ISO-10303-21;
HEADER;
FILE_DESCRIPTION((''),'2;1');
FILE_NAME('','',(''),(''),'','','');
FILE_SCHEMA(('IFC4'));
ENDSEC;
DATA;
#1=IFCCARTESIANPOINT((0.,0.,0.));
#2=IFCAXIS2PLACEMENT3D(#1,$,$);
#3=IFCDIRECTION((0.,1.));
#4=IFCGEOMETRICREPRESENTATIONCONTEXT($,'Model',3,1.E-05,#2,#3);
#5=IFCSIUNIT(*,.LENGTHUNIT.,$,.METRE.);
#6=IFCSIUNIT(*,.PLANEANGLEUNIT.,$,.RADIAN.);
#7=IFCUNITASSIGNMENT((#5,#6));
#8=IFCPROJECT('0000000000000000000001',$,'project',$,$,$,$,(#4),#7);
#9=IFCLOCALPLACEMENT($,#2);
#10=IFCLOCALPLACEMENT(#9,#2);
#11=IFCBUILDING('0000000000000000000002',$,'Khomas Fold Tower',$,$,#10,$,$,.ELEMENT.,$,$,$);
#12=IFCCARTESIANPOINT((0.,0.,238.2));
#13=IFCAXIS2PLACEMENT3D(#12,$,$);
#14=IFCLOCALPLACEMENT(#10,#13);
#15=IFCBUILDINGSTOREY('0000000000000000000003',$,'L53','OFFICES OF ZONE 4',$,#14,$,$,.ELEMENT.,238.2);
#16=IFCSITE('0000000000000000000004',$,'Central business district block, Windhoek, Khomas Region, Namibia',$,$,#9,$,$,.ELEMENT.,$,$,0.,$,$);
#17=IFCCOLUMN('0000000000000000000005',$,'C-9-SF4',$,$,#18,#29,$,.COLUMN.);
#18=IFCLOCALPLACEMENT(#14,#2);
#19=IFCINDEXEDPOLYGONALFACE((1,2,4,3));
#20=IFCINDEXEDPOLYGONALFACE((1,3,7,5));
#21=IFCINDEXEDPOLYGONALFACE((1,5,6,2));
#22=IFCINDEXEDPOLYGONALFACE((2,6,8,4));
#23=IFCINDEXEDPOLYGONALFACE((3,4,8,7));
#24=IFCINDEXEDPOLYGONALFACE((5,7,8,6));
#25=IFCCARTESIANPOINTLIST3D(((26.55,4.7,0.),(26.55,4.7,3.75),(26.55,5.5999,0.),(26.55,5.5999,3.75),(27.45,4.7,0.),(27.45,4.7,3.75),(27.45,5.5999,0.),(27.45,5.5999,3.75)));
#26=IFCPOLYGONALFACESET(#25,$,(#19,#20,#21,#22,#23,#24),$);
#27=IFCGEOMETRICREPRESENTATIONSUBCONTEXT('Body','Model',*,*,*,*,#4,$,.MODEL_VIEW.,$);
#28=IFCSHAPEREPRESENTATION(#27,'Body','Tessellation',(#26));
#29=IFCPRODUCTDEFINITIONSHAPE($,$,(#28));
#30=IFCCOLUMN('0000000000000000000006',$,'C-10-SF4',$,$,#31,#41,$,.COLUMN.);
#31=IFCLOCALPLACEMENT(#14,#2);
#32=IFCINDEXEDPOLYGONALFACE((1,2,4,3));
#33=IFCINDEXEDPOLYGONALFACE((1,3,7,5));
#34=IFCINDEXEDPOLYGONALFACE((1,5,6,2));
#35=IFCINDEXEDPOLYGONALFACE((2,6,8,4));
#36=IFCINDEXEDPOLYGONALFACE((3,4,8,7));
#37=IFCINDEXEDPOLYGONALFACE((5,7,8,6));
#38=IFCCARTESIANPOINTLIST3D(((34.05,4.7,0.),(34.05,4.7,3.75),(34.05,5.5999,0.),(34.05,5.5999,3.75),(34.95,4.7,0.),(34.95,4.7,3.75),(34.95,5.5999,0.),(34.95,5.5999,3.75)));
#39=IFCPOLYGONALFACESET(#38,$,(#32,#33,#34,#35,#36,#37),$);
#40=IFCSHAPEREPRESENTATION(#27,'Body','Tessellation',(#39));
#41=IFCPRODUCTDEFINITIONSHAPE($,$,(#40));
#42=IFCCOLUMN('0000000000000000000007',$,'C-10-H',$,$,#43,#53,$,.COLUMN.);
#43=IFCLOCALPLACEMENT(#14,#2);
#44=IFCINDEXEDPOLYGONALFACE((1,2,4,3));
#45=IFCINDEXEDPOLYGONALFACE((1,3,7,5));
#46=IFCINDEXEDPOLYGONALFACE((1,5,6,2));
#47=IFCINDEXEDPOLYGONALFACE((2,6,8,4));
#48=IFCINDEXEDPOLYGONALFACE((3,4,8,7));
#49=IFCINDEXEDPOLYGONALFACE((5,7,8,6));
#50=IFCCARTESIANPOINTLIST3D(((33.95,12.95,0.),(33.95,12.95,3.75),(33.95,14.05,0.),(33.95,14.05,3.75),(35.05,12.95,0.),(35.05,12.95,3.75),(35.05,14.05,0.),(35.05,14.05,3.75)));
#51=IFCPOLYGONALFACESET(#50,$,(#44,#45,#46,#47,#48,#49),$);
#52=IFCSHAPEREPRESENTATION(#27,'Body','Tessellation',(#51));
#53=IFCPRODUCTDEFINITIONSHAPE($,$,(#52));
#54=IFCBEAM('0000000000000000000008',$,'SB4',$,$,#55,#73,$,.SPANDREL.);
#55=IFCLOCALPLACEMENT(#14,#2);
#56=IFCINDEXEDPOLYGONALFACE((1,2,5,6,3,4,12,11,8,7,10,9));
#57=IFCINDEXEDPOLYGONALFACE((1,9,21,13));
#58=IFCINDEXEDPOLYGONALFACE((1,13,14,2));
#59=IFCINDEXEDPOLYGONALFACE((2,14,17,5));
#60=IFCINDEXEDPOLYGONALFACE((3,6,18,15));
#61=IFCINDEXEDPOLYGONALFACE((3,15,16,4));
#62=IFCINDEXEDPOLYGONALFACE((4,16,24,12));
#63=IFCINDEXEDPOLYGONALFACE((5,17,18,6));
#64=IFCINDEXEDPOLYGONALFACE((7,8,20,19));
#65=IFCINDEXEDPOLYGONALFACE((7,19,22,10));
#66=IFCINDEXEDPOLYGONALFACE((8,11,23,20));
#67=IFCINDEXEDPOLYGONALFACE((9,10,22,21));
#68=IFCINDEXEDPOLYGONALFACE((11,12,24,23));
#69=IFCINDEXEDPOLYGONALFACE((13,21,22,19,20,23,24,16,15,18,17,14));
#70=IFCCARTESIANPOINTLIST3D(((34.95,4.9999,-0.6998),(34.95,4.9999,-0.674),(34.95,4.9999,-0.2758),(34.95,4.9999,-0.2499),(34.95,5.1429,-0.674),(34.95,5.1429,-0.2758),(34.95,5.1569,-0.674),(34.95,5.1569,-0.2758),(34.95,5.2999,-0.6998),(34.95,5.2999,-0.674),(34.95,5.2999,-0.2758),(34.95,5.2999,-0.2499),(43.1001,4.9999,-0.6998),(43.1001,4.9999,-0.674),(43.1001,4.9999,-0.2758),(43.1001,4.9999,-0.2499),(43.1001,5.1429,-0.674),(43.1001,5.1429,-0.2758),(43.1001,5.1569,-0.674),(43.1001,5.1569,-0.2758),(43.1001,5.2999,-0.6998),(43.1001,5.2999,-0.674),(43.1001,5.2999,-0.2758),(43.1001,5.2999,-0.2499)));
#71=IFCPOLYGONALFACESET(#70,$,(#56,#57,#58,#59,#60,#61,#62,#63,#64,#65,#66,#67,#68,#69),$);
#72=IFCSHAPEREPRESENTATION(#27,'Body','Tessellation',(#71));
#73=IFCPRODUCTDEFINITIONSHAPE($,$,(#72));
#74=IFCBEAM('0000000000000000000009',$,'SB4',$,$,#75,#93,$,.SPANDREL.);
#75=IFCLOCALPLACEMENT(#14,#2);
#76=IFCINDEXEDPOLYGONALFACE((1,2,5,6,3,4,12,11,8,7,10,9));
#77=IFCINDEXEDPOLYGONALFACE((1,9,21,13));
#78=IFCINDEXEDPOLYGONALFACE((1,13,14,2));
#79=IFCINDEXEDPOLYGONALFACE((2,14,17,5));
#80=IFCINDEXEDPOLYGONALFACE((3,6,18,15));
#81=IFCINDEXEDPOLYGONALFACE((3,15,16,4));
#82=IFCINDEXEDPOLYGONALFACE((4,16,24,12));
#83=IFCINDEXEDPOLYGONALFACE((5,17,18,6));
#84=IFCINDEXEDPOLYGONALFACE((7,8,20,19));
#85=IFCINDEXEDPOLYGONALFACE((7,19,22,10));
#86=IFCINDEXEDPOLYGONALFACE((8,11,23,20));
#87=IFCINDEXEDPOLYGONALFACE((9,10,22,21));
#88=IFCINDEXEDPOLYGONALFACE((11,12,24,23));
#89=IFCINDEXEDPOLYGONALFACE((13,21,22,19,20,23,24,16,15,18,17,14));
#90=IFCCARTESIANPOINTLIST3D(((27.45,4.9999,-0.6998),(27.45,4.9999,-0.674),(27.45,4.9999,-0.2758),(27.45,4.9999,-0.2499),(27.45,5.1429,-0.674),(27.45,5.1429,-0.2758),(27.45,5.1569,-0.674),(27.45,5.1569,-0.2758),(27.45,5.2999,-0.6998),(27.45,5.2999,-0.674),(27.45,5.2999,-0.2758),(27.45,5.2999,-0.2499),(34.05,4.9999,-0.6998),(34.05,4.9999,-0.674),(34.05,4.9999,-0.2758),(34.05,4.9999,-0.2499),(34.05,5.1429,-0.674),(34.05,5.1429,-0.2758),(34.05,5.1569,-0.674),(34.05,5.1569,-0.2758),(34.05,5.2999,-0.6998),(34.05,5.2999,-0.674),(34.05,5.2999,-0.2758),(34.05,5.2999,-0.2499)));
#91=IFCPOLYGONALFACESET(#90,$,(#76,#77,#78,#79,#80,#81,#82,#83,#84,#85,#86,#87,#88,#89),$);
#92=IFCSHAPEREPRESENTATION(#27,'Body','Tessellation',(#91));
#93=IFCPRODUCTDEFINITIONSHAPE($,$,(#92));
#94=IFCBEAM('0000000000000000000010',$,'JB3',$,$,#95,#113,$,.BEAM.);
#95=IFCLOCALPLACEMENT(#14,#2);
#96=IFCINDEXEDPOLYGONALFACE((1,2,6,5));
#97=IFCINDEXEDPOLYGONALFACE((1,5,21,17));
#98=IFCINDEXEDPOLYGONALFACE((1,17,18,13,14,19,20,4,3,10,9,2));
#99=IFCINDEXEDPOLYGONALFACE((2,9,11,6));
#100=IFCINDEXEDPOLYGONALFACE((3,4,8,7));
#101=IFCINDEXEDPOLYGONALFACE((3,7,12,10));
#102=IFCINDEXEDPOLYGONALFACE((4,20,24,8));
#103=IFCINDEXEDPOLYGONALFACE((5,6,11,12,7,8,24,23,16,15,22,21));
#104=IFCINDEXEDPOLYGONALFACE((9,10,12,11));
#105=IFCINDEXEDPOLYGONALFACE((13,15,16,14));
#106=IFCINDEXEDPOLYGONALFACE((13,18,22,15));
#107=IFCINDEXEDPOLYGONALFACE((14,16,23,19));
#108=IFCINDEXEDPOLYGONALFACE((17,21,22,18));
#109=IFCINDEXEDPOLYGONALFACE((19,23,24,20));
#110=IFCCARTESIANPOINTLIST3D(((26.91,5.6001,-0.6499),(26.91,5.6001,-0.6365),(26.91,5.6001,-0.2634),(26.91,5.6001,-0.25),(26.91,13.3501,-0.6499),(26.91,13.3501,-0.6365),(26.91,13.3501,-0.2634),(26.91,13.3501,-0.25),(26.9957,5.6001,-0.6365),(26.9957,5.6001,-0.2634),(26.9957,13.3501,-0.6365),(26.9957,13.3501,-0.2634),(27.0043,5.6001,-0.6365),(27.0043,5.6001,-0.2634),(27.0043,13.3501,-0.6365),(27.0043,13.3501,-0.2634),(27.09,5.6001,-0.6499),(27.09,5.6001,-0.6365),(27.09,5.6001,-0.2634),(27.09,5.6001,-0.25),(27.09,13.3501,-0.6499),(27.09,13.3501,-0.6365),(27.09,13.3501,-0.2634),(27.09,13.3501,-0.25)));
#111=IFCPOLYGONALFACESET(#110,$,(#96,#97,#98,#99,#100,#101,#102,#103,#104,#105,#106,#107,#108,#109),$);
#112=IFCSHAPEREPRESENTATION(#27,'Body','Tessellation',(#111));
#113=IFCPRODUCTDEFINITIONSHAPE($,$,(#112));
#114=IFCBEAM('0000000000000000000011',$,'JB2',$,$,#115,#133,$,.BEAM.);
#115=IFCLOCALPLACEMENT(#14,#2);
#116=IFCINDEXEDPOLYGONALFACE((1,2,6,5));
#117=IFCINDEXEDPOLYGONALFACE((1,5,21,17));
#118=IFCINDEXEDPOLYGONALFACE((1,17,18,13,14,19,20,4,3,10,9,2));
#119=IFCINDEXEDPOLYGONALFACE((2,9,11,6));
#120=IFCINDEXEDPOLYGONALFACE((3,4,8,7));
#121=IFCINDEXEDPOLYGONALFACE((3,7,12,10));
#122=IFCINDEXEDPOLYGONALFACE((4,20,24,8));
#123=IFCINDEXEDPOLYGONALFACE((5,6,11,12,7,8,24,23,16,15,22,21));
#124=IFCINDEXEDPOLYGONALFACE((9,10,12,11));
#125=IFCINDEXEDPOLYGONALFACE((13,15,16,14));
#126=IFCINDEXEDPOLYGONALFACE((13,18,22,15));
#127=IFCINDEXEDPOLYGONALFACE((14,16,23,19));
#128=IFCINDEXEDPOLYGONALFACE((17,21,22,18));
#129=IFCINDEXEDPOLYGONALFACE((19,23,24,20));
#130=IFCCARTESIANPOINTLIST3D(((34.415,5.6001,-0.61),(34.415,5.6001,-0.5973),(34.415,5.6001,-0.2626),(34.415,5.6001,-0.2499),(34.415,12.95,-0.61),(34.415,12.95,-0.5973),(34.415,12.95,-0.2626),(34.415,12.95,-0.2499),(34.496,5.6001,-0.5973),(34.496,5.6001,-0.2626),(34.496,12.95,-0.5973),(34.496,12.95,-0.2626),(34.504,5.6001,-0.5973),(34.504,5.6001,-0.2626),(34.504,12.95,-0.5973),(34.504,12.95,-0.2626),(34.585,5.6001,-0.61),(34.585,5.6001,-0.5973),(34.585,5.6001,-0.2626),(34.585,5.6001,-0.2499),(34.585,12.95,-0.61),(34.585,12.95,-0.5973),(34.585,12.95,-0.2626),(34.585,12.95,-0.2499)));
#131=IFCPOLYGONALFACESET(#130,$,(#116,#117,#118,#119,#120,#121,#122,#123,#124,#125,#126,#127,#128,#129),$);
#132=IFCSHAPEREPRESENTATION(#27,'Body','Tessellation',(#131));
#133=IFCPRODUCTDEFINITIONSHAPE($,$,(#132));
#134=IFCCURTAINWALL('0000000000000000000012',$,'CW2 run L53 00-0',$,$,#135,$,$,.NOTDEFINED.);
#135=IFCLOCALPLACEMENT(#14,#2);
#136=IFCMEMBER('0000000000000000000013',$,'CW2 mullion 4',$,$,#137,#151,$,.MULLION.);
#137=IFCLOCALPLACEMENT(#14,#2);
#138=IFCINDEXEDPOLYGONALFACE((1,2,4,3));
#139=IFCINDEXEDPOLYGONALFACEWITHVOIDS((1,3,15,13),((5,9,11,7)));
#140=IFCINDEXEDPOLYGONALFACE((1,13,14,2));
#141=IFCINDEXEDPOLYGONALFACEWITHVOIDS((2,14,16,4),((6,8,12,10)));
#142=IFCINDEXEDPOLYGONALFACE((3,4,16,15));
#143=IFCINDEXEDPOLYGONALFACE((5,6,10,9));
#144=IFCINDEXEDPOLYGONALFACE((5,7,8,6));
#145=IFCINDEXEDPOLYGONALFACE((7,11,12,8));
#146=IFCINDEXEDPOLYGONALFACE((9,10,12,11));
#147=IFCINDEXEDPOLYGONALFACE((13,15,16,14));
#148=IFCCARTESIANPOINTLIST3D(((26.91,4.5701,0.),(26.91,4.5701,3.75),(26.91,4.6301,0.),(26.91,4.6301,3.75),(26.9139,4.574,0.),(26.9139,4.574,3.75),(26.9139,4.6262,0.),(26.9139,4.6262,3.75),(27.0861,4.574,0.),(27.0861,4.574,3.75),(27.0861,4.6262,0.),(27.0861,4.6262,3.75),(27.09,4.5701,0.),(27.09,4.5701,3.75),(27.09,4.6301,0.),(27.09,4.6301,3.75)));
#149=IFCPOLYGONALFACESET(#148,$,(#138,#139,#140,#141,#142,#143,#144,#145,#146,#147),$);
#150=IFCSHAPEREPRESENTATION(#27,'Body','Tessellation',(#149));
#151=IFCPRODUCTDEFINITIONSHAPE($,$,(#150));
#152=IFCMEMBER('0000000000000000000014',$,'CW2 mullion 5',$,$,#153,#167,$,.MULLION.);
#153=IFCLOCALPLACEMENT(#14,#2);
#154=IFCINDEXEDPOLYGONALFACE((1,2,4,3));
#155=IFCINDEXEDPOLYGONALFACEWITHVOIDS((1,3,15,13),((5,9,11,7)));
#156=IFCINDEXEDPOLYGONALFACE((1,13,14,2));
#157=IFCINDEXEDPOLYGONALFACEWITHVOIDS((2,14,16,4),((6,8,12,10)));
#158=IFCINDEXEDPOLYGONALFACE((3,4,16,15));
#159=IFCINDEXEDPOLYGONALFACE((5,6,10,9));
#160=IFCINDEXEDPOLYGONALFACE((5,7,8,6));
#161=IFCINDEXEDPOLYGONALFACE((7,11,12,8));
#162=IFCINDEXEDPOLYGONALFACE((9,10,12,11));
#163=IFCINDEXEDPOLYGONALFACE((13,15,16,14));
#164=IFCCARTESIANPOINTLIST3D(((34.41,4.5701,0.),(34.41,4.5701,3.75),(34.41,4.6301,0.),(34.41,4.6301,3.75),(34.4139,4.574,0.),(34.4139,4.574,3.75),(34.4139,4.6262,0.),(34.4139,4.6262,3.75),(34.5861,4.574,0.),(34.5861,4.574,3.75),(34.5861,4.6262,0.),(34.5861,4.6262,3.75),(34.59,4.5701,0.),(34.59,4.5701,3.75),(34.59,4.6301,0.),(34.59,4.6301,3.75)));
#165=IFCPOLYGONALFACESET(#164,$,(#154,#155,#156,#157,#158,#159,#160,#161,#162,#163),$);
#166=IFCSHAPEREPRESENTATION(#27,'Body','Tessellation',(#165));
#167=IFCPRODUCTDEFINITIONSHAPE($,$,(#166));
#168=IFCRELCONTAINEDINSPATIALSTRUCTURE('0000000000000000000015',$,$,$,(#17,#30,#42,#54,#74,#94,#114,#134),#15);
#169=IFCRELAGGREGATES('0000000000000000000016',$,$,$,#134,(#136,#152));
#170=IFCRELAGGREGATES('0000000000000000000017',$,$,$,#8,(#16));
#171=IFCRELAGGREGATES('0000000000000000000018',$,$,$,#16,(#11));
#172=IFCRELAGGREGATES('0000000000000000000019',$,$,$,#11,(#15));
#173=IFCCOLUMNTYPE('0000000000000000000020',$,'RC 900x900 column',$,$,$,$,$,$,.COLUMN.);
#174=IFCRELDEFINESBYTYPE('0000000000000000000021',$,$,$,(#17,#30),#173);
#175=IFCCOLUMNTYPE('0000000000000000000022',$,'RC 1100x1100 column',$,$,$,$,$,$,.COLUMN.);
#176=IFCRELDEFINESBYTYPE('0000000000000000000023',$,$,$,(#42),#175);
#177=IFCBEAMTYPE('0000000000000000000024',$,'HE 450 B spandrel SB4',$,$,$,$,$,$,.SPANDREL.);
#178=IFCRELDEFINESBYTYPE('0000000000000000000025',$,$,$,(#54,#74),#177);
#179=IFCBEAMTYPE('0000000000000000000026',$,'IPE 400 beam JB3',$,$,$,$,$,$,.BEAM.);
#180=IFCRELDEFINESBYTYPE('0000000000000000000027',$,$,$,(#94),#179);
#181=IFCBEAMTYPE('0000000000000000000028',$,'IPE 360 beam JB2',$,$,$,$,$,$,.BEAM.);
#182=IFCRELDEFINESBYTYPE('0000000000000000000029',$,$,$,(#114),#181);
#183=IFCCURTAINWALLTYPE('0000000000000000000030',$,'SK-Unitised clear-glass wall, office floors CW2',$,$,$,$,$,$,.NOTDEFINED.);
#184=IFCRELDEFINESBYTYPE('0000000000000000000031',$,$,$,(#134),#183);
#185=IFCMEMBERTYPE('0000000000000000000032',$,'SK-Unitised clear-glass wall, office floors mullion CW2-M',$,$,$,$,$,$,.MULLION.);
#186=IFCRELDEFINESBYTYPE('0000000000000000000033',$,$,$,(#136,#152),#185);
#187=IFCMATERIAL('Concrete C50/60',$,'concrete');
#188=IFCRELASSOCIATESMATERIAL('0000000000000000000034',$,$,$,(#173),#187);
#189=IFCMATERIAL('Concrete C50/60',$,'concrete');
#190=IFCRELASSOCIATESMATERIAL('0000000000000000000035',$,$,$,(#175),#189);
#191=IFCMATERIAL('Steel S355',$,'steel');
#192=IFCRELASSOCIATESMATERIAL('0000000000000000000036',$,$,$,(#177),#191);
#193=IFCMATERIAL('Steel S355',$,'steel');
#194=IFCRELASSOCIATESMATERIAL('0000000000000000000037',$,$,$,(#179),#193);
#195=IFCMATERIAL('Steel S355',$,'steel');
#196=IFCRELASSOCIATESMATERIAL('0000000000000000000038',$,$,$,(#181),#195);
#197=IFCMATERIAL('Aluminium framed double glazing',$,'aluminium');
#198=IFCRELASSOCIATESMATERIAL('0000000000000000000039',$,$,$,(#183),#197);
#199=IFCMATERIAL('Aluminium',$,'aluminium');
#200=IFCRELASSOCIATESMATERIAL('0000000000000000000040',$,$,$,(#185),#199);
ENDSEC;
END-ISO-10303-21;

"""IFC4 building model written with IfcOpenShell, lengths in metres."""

from ifc_helpers import new_model, si_unit, direction, frame, origin, origin_2d, place, context, subcontext, project, spatial, rectangle, hollow_rectangle, i_section, extrude, source, transform, mapped, material, material_profile, profile_set, type_object, element, aggregate, save


model = new_model("IFC4")

# Units and contexts
model_context = context("Model", 3, precision=1e-05, world=origin(), true_north=direction((0.0, 1.0)))
body_context = subcontext(model_context, "Body", "Model", "MODEL_VIEW")
ifc_project = project(units=[si_unit("LENGTHUNIT", "METRE"), si_unit("PLANEANGLEUNIT", "RADIAN")], contexts=[model_context])

# Site, building, storey
site_placement = place(None, origin())
site = spatial("IfcSite", under=ifc_project, at=site_placement, Name="Central business district block, Windhoek, Khomas Region, Namibia", CompositionType="ELEMENT", RefElevation=0.0)
building_placement = place(site_placement, origin())
building = spatial("IfcBuilding", under=site, at=building_placement, Name="Khomas Fold Tower", CompositionType="ELEMENT")
storey_placement = place(building_placement, frame((0.0, 0.0, 238.2)))
storey = spatial("IfcBuildingStorey", under=building, at=storey_placement, Name="L53", Description="OFFICES OF ZONE 4", CompositionType="ELEMENT", Elevation=238.2)

# Columns
ifc_material_1 = material(Name="Concrete C50/60", Category="concrete")
ifc_material_profile_1 = material_profile(ifc_material_1, rectangle(XDim=0.8999, YDim=0.8999, at=origin_2d()), Name="RC 900x900")
ifc_profile_set_1 = profile_set([ifc_material_profile_1], Name="Concrete C50/60")
column_type_1 = type_object("IfcColumnType", Name="RC 900x900 column", PredefinedType="COLUMN", material=ifc_profile_set_1)
shared_shape_1 = source(origin(), body_context, "Body", "SweptSolid", [
    extrude(rectangle(XDim=0.8999, YDim=0.8999, at=origin_2d()), origin(), (0.0, 0.0, 1.0), 3.75),
])
for number, where, z_axis, x_axis, name in (
    (1, (27.0, 5.1499, 0.0), (0.0, 0.0, 1.0), (1.0, 0.0, 0.0), "C-9-SF4"),
    (2, (34.5, 5.1499, 0.0), (0.0, 0.0, 1.0), (1.0, 0.0, 0.0), "C-10-SF4"),
):
    element("IfcColumn", number, at=place(storey_placement, frame(where, z_axis=z_axis, x_axis=x_axis)), inside=storey, type_object=column_type_1, Name=name, PredefinedType="COLUMN", context=body_context, shape_type="MappedRepresentation", body=[
        mapped(shared_shape_1, transform((0.0, 0.0, 0.0))),
    ])
ifc_material_2 = material(Name="Concrete C50/60", Category="concrete")
ifc_material_profile_2 = material_profile(ifc_material_2, rectangle(XDim=1.1001, YDim=1.1001, at=origin_2d()), Name="RC 1100x1100")
ifc_profile_set_2 = profile_set([ifc_material_profile_2], Name="Concrete C50/60")
column_type_2 = type_object("IfcColumnType", Name="RC 1100x1100 column", PredefinedType="COLUMN", material=ifc_profile_set_2)
shared_shape_2 = source(origin(), body_context, "Body", "SweptSolid", [
    extrude(rectangle(XDim=1.1001, YDim=1.1001, at=origin_2d()), origin(), (0.0, 0.0, 1.0), 3.75),
])
column_placement = place(storey_placement, frame((34.5, 13.5, 0.0), z_axis=(0.0, 0.0, 1.0), x_axis=(1.0, 0.0, 0.0)))
element("IfcColumn", 3, at=column_placement, inside=storey, type_object=column_type_2, Name="C-10-H", PredefinedType="COLUMN", context=body_context, shape_type="MappedRepresentation", body=[
    mapped(shared_shape_2, transform((0.0, 0.0, 0.0))),
])

# Beams
ifc_material_3 = material(Name="Steel S355", Category="steel")
ifc_material_profile_3 = material_profile(ifc_material_3, i_section(OverallWidth=0.3, OverallDepth=0.45, WebThickness=0.0139, FlangeThickness=0.0259, at=origin_2d()), Name="HE 450 B")
ifc_profile_set_3 = profile_set([ifc_material_profile_3], Name="Steel S355")
beam_type_1 = type_object("IfcBeamType", Name="HE 450 B spandrel SB4", PredefinedType="SPANDREL", material=ifc_profile_set_3)
shared_shape_3 = source(origin(), body_context, "Body", "SweptSolid", [
    extrude(i_section(OverallWidth=0.3, OverallDepth=0.45, WebThickness=0.0139, FlangeThickness=0.0259, at=origin_2d()), origin(), (0.0, 0.0, 1.0), 8.1501),
])
beam_1_placement = place(storey_placement, frame((34.95, 5.1499, -0.4749), z_axis=(1.0, 0.0, 0.0), x_axis=(0.0, 1.0, 0.0)))
element("IfcBeam", 4, at=beam_1_placement, inside=storey, type_object=beam_type_1, Name="SB4", PredefinedType="SPANDREL", context=body_context, shape_type="MappedRepresentation", body=[
    mapped(shared_shape_3, transform((0.0, 0.0, 0.0))),
])
shared_shape_4 = source(origin(), body_context, "Body", "SweptSolid", [
    extrude(i_section(OverallWidth=0.3, OverallDepth=0.45, WebThickness=0.0139, FlangeThickness=0.0259, at=origin_2d()), origin(), (0.0, 0.0, 1.0), 6.6001),
])
beam_2_placement = place(storey_placement, frame((27.45, 5.1499, -0.4749), z_axis=(1.0, 0.0, 0.0), x_axis=(0.0, 1.0, 0.0)))
element("IfcBeam", 5, at=beam_2_placement, inside=storey, type_object=beam_type_1, Name="SB4", PredefinedType="SPANDREL", context=body_context, shape_type="MappedRepresentation", body=[
    mapped(shared_shape_4, transform((0.0, 0.0, 0.0))),
])
ifc_material_4 = material(Name="Steel S355", Category="steel")
ifc_material_profile_4 = material_profile(ifc_material_4, i_section(OverallWidth=0.1799, OverallDepth=0.3999, WebThickness=0.0085, FlangeThickness=0.0134, at=origin_2d()), Name="IPE 400")
ifc_profile_set_4 = profile_set([ifc_material_profile_4], Name="Steel S355")
beam_type_2 = type_object("IfcBeamType", Name="IPE 400 beam JB3", PredefinedType="BEAM", material=ifc_profile_set_4)
shared_shape_5 = source(origin(), body_context, "Body", "SweptSolid", [
    extrude(i_section(OverallWidth=0.1799, OverallDepth=0.3999, WebThickness=0.0085, FlangeThickness=0.0134, at=origin_2d()), origin(), (0.0, 0.0, 1.0), 7.75),
])
beam_3_placement = place(storey_placement, frame((27.0, 5.6001, -0.45), z_axis=(0.0, 1.0, 0.0), x_axis=(-1.0, 0.0, 0.0)))
element("IfcBeam", 6, at=beam_3_placement, inside=storey, type_object=beam_type_2, Name="JB3", PredefinedType="BEAM", context=body_context, shape_type="MappedRepresentation", body=[
    mapped(shared_shape_5, transform((0.0, 0.0, 0.0))),
])
ifc_material_5 = material(Name="Steel S355", Category="steel")
ifc_material_profile_5 = material_profile(ifc_material_5, i_section(OverallWidth=0.1699, OverallDepth=0.3601, WebThickness=0.0081, FlangeThickness=0.0127, at=origin_2d()), Name="IPE 360")
ifc_profile_set_5 = profile_set([ifc_material_profile_5], Name="Steel S355")
beam_type_3 = type_object("IfcBeamType", Name="IPE 360 beam JB2", PredefinedType="BEAM", material=ifc_profile_set_5)
shared_shape_6 = source(origin(), body_context, "Body", "SweptSolid", [
    extrude(i_section(OverallWidth=0.1699, OverallDepth=0.3601, WebThickness=0.0081, FlangeThickness=0.0127, at=origin_2d()), origin(), (0.0, 0.0, 1.0), 7.3499),
])
beam_4_placement = place(storey_placement, frame((34.5, 5.6001, -0.4299), z_axis=(0.0, 1.0, 0.0), x_axis=(-1.0, 0.0, 0.0)))
element("IfcBeam", 7, at=beam_4_placement, inside=storey, type_object=beam_type_3, Name="JB2", PredefinedType="BEAM", context=body_context, shape_type="MappedRepresentation", body=[
    mapped(shared_shape_6, transform((0.0, 0.0, 0.0))),
])

# Curtain wall, members
ifc_material_6 = material(Name="Aluminium framed double glazing", Category="aluminium")
curtain_wall_type = type_object("IfcCurtainWallType", Name="SK-Unitised clear-glass wall, office floors CW2", PredefinedType="NOTDEFINED", material=ifc_material_6)
curtain_wall_placement = place(storey_placement, origin())
curtain_wall = element("IfcCurtainWall", 8, at=curtain_wall_placement, inside=storey, type_object=curtain_wall_type, Name="CW2 run L53 00-0", PredefinedType="NOTDEFINED")
ifc_material_7 = material(Name="Aluminium", Category="aluminium")
ifc_material_profile_6 = material_profile(ifc_material_7, hollow_rectangle(XDim=0.0601, YDim=0.1799, WallThickness=0.0039, at=origin_2d()), Name="SK-Unitised clear-glass wall, office floors mullion CW2-M")
ifc_profile_set_6 = profile_set([ifc_material_profile_6], Name="Aluminium")
member_type_1 = type_object("IfcMemberType", Name="SK-Unitised clear-glass wall, office floors mullion CW2-M", PredefinedType="MULLION", material=ifc_profile_set_6)
shared_shape_7 = source(origin(), body_context, "Body", "SweptSolid", [
    extrude(hollow_rectangle(XDim=0.0601, YDim=0.1799, WallThickness=0.0039, at=origin_2d()), origin(), (0.0, 0.0, 1.0), 3.75),
])
member_1_placement = place(storey_placement, frame((27.0, 4.6001, 0.0), z_axis=(0.0, 0.0, 1.0), x_axis=(0.0, 1.0, 0.0)))
member_1 = element("IfcMember", 9, at=member_1_placement, type_object=member_type_1, Name="CW2 mullion 4", PredefinedType="MULLION", context=body_context, shape_type="MappedRepresentation", body=[
    mapped(shared_shape_7, transform((0.0, 0.0, 0.0))),
])
member_2_placement = place(storey_placement, frame((34.5, 4.6001, 0.0), z_axis=(0.0, 0.0, 1.0), x_axis=(0.0, 1.0, 0.0)))
member_2 = element("IfcMember", 10, at=member_2_placement, type_object=member_type_1, Name="CW2 mullion 5", PredefinedType="MULLION", context=body_context, shape_type="MappedRepresentation", body=[
    mapped(shared_shape_7, transform((0.0, 0.0, 0.0))),
])
aggregate(curtain_wall, [member_1, member_2])

save(model, "model.ifc")
